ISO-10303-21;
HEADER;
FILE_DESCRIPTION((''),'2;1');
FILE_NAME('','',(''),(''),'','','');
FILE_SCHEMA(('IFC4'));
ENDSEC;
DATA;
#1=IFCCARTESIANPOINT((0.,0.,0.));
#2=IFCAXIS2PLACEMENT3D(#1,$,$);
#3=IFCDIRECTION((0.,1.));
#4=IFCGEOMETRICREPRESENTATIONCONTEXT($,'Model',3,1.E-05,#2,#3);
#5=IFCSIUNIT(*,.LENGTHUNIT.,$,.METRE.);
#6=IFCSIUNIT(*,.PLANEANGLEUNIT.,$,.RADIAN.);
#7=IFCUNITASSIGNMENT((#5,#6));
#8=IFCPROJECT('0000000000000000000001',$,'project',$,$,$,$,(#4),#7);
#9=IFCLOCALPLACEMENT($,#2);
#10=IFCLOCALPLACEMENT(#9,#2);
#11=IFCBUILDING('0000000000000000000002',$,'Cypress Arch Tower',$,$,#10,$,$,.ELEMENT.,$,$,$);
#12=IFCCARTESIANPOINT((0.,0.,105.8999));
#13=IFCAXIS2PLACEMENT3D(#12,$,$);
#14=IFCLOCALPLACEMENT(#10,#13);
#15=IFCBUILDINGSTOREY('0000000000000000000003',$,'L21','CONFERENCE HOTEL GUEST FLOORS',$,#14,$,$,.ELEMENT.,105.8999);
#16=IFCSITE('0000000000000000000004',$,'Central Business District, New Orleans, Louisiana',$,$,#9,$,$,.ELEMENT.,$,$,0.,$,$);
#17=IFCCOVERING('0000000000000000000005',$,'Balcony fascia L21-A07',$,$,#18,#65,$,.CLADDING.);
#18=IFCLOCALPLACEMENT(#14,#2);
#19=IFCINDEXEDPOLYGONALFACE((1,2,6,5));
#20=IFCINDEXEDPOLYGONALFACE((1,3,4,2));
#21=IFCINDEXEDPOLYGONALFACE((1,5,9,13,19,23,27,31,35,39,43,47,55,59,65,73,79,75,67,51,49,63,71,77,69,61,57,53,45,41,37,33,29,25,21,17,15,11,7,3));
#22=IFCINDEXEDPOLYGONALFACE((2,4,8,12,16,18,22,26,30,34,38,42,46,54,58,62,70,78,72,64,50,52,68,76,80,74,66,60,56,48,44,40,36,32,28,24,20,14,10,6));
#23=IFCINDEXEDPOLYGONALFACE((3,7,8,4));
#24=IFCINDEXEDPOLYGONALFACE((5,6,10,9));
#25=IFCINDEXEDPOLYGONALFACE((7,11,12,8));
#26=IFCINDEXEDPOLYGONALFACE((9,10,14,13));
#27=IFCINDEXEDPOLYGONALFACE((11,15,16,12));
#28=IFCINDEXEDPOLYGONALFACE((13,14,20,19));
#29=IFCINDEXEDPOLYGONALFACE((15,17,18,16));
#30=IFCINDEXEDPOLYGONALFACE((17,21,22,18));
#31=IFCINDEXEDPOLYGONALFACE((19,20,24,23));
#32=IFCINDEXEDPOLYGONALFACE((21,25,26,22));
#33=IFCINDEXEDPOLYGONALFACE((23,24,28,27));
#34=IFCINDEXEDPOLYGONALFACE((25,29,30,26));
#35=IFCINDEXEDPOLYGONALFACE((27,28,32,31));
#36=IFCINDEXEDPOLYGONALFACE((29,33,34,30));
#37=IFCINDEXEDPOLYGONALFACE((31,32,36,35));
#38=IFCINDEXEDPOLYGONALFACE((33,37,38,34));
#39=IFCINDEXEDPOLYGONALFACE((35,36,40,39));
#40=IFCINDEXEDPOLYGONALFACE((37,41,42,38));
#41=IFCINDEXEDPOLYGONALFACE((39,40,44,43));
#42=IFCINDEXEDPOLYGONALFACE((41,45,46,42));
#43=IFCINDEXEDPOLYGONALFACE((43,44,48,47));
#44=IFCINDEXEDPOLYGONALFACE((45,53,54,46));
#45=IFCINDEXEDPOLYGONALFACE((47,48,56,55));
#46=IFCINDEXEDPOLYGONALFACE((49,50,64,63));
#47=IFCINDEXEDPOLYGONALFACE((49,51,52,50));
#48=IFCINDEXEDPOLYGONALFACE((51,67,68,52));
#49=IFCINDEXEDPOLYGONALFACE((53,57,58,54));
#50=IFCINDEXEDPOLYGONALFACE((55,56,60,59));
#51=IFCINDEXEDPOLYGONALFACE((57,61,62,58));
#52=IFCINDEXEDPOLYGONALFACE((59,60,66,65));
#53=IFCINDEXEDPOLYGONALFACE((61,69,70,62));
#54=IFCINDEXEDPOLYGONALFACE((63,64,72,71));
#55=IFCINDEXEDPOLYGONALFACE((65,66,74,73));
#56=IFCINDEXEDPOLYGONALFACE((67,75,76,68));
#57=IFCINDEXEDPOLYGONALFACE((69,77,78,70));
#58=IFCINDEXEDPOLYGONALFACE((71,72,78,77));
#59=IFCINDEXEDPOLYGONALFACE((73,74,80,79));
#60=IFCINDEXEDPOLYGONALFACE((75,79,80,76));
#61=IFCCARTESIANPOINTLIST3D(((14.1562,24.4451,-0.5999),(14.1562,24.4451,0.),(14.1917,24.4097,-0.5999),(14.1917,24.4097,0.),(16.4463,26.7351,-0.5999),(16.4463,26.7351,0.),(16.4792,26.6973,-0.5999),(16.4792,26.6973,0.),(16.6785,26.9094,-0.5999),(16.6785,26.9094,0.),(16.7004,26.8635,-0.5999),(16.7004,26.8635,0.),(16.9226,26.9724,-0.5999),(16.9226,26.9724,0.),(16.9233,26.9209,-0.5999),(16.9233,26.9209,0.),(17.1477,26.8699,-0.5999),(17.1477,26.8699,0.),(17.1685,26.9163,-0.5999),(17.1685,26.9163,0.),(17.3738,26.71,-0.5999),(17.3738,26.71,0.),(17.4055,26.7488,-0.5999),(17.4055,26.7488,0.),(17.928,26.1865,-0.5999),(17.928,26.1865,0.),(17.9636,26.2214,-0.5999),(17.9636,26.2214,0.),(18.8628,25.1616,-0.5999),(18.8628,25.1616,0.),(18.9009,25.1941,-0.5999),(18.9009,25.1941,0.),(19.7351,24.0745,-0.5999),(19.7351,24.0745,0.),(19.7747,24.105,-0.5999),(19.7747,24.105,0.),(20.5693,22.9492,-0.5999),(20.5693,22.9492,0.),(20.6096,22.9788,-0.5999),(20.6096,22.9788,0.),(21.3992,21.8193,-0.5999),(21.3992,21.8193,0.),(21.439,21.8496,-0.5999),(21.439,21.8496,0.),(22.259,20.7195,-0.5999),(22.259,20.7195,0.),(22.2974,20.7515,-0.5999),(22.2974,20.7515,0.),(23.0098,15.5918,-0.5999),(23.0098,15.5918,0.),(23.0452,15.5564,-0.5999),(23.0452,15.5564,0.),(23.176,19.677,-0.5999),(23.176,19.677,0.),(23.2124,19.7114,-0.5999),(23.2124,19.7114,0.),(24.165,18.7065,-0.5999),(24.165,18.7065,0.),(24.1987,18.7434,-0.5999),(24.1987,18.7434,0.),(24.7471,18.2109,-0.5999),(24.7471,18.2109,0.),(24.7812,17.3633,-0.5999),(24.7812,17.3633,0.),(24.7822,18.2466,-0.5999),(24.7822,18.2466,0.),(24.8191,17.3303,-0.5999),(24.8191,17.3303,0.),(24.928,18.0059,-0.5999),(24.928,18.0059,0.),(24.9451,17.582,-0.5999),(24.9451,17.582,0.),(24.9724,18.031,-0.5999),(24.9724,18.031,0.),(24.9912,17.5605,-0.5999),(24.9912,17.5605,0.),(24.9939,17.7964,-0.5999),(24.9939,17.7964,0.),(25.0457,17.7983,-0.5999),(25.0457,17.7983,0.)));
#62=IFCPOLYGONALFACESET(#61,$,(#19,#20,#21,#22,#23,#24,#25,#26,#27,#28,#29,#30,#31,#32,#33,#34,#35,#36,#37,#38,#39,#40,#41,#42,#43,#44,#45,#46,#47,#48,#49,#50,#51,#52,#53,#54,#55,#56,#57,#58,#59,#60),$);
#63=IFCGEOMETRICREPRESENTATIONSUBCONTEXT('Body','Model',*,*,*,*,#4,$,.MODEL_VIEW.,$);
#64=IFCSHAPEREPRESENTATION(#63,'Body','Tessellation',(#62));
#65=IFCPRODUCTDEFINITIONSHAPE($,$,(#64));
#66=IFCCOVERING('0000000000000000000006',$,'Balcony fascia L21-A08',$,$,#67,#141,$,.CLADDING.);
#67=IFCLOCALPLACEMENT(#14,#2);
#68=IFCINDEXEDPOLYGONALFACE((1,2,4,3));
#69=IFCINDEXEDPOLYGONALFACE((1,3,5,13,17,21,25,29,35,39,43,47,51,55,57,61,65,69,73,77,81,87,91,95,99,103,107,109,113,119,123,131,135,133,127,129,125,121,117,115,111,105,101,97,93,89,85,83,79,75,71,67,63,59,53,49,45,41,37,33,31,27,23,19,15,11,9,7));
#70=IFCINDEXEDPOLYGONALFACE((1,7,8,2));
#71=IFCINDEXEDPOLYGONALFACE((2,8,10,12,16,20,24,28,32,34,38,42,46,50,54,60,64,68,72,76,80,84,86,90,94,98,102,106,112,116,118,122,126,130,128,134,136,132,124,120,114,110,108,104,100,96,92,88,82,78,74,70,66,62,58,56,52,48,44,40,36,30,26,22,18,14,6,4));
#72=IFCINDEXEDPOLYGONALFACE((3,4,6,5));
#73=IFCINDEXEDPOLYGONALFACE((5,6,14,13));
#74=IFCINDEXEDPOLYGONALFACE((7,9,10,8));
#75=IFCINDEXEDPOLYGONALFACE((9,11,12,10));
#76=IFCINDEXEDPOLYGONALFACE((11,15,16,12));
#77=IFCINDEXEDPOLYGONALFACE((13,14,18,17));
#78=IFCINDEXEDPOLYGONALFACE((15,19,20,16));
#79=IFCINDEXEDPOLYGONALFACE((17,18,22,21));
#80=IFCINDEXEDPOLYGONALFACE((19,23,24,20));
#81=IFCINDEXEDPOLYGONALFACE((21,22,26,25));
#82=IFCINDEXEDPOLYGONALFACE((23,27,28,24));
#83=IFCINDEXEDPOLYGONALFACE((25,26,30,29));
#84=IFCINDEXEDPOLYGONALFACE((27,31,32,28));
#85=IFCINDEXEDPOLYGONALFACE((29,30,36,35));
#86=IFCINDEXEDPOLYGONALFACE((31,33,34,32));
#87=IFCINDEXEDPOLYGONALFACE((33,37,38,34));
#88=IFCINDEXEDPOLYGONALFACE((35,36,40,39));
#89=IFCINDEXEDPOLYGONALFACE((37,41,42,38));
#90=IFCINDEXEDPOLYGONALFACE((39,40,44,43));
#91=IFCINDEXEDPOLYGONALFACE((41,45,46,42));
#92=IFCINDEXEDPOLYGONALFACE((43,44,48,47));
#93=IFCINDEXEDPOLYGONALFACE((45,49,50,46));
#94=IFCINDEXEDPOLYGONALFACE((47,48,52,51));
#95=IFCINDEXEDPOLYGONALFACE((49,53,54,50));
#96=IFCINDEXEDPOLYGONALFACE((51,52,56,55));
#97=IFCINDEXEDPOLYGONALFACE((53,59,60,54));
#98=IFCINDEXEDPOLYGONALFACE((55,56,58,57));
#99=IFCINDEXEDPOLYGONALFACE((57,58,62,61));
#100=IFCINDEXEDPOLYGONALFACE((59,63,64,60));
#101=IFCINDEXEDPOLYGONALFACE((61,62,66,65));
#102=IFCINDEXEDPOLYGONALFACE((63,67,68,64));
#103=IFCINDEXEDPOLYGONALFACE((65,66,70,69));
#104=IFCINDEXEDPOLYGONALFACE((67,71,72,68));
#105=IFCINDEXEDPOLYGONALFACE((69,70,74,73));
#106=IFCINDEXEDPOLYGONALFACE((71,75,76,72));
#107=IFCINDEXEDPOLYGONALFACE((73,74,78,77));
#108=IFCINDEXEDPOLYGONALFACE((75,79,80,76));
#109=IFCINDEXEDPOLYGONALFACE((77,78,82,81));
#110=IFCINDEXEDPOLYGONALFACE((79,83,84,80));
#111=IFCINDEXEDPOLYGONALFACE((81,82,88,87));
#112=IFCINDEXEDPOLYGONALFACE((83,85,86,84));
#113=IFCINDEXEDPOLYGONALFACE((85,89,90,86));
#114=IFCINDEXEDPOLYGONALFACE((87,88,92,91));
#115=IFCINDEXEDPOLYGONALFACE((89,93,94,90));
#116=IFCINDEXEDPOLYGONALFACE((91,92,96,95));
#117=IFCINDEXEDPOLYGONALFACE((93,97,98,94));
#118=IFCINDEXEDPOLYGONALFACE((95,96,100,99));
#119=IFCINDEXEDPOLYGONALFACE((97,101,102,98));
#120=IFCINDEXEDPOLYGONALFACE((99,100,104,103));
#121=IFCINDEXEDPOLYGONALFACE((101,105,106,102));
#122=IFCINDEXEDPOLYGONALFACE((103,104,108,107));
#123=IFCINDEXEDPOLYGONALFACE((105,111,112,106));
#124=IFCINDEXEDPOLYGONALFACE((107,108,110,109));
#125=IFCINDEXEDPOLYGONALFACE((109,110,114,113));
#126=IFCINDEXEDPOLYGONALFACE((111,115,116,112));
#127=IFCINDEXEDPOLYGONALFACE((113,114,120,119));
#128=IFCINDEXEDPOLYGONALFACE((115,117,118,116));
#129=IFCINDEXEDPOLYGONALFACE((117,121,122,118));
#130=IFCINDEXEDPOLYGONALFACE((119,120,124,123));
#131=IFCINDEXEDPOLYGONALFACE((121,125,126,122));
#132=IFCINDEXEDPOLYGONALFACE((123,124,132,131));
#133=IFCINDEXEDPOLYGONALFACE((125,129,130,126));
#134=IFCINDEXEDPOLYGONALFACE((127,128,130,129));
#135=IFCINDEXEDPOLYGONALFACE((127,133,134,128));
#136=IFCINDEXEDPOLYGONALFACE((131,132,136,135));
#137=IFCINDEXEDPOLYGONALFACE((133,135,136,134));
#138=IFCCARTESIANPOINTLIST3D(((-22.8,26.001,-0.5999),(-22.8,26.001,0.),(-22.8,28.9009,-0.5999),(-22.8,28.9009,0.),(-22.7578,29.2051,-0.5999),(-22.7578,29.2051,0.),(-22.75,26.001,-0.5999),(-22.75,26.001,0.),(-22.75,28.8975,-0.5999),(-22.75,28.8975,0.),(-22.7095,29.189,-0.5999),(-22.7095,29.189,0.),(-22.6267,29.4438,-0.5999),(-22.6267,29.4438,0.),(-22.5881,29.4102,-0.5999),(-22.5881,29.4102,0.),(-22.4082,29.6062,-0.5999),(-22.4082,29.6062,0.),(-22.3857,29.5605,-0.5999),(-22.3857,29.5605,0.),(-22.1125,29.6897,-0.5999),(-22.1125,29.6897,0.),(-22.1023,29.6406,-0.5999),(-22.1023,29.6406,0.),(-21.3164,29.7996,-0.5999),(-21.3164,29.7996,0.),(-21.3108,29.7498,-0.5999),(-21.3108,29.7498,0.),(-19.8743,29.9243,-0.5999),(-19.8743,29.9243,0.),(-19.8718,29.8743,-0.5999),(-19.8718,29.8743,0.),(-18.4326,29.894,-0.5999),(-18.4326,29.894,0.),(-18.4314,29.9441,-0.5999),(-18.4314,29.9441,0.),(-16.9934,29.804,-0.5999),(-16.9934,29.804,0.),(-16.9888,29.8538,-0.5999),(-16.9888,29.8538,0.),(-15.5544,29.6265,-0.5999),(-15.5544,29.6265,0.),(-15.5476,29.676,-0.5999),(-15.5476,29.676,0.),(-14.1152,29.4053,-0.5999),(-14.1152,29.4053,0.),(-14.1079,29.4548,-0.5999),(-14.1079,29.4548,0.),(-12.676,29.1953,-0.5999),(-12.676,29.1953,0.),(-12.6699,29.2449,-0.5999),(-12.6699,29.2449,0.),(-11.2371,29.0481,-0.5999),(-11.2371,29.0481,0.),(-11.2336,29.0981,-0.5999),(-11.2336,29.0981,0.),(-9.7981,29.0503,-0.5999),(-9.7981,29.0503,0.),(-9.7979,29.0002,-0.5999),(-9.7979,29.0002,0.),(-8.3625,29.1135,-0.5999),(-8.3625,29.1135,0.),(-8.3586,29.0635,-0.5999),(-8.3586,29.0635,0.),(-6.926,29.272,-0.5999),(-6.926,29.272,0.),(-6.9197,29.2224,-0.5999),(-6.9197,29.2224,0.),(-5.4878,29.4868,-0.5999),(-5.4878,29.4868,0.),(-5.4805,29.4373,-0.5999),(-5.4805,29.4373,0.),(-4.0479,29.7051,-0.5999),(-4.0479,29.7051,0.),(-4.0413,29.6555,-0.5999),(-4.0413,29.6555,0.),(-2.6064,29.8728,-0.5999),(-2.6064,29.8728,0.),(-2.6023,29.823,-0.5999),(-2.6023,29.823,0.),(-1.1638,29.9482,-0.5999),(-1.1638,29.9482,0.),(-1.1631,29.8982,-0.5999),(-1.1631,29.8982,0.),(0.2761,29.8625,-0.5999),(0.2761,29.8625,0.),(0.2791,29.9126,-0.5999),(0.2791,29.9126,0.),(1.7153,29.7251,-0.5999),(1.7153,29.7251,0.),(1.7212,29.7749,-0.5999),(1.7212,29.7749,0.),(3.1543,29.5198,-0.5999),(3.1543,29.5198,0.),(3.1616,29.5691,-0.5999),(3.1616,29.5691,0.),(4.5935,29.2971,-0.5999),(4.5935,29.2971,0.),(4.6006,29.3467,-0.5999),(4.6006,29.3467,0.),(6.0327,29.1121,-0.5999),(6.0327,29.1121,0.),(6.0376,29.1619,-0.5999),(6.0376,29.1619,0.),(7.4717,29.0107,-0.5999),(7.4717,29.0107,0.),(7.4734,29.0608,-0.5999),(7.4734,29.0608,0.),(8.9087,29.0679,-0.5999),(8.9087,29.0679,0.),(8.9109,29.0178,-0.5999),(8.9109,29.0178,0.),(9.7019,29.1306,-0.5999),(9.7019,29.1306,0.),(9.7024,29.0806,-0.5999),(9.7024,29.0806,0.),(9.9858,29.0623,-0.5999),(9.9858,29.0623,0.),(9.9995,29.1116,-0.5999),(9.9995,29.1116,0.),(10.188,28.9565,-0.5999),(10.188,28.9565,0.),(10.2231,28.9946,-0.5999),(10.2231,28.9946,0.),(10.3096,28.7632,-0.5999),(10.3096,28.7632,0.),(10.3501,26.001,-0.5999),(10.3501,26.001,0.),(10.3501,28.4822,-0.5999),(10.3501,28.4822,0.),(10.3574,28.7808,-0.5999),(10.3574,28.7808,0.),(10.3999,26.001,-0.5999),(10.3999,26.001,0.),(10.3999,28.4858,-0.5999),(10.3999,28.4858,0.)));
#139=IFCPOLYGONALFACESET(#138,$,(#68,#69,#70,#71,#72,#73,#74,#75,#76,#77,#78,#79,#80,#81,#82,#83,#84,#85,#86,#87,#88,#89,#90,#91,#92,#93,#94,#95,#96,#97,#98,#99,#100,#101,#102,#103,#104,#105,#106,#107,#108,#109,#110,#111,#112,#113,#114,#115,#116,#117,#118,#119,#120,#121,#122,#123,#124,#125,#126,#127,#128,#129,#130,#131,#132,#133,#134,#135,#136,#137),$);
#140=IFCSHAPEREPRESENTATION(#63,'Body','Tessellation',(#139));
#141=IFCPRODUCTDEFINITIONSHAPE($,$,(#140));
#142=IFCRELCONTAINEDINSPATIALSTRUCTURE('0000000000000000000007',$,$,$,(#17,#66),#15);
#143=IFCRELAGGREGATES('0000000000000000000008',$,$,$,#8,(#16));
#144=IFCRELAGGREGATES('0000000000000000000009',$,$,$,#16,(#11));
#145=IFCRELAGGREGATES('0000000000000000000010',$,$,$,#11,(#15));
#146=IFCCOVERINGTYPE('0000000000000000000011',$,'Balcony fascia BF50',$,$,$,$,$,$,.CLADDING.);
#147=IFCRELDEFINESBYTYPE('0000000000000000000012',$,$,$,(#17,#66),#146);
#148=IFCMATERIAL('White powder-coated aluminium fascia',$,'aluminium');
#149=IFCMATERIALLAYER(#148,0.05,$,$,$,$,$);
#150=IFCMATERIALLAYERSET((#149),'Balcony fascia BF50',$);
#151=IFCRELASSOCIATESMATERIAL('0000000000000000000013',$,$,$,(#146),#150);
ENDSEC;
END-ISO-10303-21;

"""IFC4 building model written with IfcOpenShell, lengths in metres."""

from ifc_helpers import new_model, si_unit, direction, frame, origin, place, context, subcontext, project, spatial, polyline, outline, extrude, material, layer, layer_set, type_object, element, save


model = new_model("IFC4")

# Units and contexts
model_context = context("Model", 3, precision=1e-05, world=origin(), true_north=direction((0.0, 1.0)))
body_context = subcontext(model_context, "Body", "Model", "MODEL_VIEW")
ifc_project = project(units=[si_unit("LENGTHUNIT", "METRE"), si_unit("PLANEANGLEUNIT", "RADIAN")], contexts=[model_context])

# Site, building, storey
site_placement = place(None, origin())
site = spatial("IfcSite", under=ifc_project, at=site_placement, Name="Central Business District, New Orleans, Louisiana", CompositionType="ELEMENT", RefElevation=0.0)
building_placement = place(site_placement, origin())
building = spatial("IfcBuilding", under=site, at=building_placement, Name="Cypress Arch Tower", CompositionType="ELEMENT")
storey_placement = place(building_placement, frame((0.0, 0.0, 105.8999)))
storey = spatial("IfcBuildingStorey", under=building, at=storey_placement, Name="L21", Description="CONFERENCE HOTEL GUEST FLOORS", CompositionType="ELEMENT", Elevation=105.8999)

# Coverings
ifc_material_1 = material(Name="White powder-coated aluminium fascia", Category="aluminium")
ifc_layer_1 = layer(ifc_material_1, 0.05)
ifc_layer_set_1 = layer_set([ifc_layer_1], Name="Balcony fascia BF50")
covering_type_1 = type_object("IfcCoveringType", Name="Balcony fascia BF50", PredefinedType="CLADDING", material=ifc_layer_set_1)
covering_1_placement = place(storey_placement, frame((0.0, 0.0, -0.5999)))
element("IfcCovering", 1, at=covering_1_placement, inside=storey, type_object=covering_type_1, Name="Balcony fascia L21-A07", PredefinedType="CLADDING", context=body_context, shape_type="SweptSolid", body=[
    extrude(outline(polyline([(16.4463, 26.7351), (16.6785, 26.9094), (16.9226, 26.9724), (17.1685, 26.9163), (17.4055, 26.7488), (17.9636, 26.2214), (18.9009, 25.1941), (19.7747, 24.105), (20.6096, 22.9788), (21.439, 21.8496), (22.2974, 20.7515), (23.2124, 19.7114), (24.1987, 18.7434), (24.7822, 18.2466), (24.9724, 18.031), (25.0457, 17.7983), (24.9912, 17.5605), (24.8191, 17.3303), (23.0452, 15.5564), (23.0098, 15.5918), (24.7812, 17.3633), (24.9451, 17.582), (24.9939, 17.7964), (24.928, 18.0059), (24.7471, 18.2109), (24.165, 18.7065), (23.176, 19.677), (22.259, 20.7195), (21.3992, 21.8193), (20.5693, 22.9492), (19.7351, 24.0745), (18.8628, 25.1616), (17.928, 26.1865), (17.3738, 26.71), (17.1477, 26.8699), (16.9233, 26.9209), (16.7004, 26.8635), (16.4792, 26.6973), (14.1917, 24.4097), (14.1562, 24.4451), (16.4463, 26.7351)])), origin(), (0.0, 0.0, 1.0), 0.5999),
])
covering_2_placement = place(storey_placement, frame((0.0, 0.0, -0.5999)))
element("IfcCovering", 2, at=covering_2_placement, inside=storey, type_object=covering_type_1, Name="Balcony fascia L21-A08", PredefinedType="CLADDING", context=body_context, shape_type="SweptSolid", body=[
    extrude(outline(polyline([(-22.8, 28.9009), (-22.7578, 29.2051), (-22.6267, 29.4438), (-22.4082, 29.6062), (-22.1125, 29.6897), (-21.3164, 29.7996), (-19.8743, 29.9243), (-18.4314, 29.9441), (-16.9888, 29.8538), (-15.5476, 29.676), (-14.1079, 29.4548), (-12.6699, 29.2449), (-11.2336, 29.0981), (-9.7981, 29.0503), (-8.3625, 29.1135), (-6.926, 29.272), (-5.4878, 29.4868), (-4.0479, 29.7051), (-2.6064, 29.8728), (-1.1638, 29.9482), (0.2791, 29.9126), (1.7212, 29.7749), (3.1616, 29.5691), (4.6006, 29.3467), (6.0376, 29.1619), (7.4734, 29.0608), (8.9087, 29.0679), (9.7019, 29.1306), (9.9995, 29.1116), (10.2231, 28.9946), (10.3574, 28.7808), (10.3999, 28.4858), (10.3999, 26.001), (10.3501, 26.001), (10.3501, 28.4822), (10.3096, 28.7632), (10.188, 28.9565), (9.9858, 29.0623), (9.7024, 29.0806), (8.9109, 29.0178), (7.4717, 29.0107), (6.0327, 29.1121), (4.5935, 29.2971), (3.1543, 29.5198), (1.7153, 29.7251), (0.2761, 29.8625), (-1.1631, 29.8982), (-2.6023, 29.823), (-4.0413, 29.6555), (-5.4805, 29.4373), (-6.9197, 29.2224), (-8.3586, 29.0635), (-9.7979, 29.0002), (-11.2371, 29.0481), (-12.676, 29.1953), (-14.1152, 29.4053), (-15.5544, 29.6265), (-16.9934, 29.804), (-18.4326, 29.894), (-19.8718, 29.8743), (-21.3108, 29.7498), (-22.1023, 29.6406), (-22.3857, 29.5605), (-22.5881, 29.4102), (-22.7095, 29.189), (-22.75, 28.8975), (-22.75, 26.001), (-22.8, 26.001), (-22.8, 28.9009)])), origin(), (0.0, 0.0, 1.0), 0.5999),
])

save(model, "model.ifc")
